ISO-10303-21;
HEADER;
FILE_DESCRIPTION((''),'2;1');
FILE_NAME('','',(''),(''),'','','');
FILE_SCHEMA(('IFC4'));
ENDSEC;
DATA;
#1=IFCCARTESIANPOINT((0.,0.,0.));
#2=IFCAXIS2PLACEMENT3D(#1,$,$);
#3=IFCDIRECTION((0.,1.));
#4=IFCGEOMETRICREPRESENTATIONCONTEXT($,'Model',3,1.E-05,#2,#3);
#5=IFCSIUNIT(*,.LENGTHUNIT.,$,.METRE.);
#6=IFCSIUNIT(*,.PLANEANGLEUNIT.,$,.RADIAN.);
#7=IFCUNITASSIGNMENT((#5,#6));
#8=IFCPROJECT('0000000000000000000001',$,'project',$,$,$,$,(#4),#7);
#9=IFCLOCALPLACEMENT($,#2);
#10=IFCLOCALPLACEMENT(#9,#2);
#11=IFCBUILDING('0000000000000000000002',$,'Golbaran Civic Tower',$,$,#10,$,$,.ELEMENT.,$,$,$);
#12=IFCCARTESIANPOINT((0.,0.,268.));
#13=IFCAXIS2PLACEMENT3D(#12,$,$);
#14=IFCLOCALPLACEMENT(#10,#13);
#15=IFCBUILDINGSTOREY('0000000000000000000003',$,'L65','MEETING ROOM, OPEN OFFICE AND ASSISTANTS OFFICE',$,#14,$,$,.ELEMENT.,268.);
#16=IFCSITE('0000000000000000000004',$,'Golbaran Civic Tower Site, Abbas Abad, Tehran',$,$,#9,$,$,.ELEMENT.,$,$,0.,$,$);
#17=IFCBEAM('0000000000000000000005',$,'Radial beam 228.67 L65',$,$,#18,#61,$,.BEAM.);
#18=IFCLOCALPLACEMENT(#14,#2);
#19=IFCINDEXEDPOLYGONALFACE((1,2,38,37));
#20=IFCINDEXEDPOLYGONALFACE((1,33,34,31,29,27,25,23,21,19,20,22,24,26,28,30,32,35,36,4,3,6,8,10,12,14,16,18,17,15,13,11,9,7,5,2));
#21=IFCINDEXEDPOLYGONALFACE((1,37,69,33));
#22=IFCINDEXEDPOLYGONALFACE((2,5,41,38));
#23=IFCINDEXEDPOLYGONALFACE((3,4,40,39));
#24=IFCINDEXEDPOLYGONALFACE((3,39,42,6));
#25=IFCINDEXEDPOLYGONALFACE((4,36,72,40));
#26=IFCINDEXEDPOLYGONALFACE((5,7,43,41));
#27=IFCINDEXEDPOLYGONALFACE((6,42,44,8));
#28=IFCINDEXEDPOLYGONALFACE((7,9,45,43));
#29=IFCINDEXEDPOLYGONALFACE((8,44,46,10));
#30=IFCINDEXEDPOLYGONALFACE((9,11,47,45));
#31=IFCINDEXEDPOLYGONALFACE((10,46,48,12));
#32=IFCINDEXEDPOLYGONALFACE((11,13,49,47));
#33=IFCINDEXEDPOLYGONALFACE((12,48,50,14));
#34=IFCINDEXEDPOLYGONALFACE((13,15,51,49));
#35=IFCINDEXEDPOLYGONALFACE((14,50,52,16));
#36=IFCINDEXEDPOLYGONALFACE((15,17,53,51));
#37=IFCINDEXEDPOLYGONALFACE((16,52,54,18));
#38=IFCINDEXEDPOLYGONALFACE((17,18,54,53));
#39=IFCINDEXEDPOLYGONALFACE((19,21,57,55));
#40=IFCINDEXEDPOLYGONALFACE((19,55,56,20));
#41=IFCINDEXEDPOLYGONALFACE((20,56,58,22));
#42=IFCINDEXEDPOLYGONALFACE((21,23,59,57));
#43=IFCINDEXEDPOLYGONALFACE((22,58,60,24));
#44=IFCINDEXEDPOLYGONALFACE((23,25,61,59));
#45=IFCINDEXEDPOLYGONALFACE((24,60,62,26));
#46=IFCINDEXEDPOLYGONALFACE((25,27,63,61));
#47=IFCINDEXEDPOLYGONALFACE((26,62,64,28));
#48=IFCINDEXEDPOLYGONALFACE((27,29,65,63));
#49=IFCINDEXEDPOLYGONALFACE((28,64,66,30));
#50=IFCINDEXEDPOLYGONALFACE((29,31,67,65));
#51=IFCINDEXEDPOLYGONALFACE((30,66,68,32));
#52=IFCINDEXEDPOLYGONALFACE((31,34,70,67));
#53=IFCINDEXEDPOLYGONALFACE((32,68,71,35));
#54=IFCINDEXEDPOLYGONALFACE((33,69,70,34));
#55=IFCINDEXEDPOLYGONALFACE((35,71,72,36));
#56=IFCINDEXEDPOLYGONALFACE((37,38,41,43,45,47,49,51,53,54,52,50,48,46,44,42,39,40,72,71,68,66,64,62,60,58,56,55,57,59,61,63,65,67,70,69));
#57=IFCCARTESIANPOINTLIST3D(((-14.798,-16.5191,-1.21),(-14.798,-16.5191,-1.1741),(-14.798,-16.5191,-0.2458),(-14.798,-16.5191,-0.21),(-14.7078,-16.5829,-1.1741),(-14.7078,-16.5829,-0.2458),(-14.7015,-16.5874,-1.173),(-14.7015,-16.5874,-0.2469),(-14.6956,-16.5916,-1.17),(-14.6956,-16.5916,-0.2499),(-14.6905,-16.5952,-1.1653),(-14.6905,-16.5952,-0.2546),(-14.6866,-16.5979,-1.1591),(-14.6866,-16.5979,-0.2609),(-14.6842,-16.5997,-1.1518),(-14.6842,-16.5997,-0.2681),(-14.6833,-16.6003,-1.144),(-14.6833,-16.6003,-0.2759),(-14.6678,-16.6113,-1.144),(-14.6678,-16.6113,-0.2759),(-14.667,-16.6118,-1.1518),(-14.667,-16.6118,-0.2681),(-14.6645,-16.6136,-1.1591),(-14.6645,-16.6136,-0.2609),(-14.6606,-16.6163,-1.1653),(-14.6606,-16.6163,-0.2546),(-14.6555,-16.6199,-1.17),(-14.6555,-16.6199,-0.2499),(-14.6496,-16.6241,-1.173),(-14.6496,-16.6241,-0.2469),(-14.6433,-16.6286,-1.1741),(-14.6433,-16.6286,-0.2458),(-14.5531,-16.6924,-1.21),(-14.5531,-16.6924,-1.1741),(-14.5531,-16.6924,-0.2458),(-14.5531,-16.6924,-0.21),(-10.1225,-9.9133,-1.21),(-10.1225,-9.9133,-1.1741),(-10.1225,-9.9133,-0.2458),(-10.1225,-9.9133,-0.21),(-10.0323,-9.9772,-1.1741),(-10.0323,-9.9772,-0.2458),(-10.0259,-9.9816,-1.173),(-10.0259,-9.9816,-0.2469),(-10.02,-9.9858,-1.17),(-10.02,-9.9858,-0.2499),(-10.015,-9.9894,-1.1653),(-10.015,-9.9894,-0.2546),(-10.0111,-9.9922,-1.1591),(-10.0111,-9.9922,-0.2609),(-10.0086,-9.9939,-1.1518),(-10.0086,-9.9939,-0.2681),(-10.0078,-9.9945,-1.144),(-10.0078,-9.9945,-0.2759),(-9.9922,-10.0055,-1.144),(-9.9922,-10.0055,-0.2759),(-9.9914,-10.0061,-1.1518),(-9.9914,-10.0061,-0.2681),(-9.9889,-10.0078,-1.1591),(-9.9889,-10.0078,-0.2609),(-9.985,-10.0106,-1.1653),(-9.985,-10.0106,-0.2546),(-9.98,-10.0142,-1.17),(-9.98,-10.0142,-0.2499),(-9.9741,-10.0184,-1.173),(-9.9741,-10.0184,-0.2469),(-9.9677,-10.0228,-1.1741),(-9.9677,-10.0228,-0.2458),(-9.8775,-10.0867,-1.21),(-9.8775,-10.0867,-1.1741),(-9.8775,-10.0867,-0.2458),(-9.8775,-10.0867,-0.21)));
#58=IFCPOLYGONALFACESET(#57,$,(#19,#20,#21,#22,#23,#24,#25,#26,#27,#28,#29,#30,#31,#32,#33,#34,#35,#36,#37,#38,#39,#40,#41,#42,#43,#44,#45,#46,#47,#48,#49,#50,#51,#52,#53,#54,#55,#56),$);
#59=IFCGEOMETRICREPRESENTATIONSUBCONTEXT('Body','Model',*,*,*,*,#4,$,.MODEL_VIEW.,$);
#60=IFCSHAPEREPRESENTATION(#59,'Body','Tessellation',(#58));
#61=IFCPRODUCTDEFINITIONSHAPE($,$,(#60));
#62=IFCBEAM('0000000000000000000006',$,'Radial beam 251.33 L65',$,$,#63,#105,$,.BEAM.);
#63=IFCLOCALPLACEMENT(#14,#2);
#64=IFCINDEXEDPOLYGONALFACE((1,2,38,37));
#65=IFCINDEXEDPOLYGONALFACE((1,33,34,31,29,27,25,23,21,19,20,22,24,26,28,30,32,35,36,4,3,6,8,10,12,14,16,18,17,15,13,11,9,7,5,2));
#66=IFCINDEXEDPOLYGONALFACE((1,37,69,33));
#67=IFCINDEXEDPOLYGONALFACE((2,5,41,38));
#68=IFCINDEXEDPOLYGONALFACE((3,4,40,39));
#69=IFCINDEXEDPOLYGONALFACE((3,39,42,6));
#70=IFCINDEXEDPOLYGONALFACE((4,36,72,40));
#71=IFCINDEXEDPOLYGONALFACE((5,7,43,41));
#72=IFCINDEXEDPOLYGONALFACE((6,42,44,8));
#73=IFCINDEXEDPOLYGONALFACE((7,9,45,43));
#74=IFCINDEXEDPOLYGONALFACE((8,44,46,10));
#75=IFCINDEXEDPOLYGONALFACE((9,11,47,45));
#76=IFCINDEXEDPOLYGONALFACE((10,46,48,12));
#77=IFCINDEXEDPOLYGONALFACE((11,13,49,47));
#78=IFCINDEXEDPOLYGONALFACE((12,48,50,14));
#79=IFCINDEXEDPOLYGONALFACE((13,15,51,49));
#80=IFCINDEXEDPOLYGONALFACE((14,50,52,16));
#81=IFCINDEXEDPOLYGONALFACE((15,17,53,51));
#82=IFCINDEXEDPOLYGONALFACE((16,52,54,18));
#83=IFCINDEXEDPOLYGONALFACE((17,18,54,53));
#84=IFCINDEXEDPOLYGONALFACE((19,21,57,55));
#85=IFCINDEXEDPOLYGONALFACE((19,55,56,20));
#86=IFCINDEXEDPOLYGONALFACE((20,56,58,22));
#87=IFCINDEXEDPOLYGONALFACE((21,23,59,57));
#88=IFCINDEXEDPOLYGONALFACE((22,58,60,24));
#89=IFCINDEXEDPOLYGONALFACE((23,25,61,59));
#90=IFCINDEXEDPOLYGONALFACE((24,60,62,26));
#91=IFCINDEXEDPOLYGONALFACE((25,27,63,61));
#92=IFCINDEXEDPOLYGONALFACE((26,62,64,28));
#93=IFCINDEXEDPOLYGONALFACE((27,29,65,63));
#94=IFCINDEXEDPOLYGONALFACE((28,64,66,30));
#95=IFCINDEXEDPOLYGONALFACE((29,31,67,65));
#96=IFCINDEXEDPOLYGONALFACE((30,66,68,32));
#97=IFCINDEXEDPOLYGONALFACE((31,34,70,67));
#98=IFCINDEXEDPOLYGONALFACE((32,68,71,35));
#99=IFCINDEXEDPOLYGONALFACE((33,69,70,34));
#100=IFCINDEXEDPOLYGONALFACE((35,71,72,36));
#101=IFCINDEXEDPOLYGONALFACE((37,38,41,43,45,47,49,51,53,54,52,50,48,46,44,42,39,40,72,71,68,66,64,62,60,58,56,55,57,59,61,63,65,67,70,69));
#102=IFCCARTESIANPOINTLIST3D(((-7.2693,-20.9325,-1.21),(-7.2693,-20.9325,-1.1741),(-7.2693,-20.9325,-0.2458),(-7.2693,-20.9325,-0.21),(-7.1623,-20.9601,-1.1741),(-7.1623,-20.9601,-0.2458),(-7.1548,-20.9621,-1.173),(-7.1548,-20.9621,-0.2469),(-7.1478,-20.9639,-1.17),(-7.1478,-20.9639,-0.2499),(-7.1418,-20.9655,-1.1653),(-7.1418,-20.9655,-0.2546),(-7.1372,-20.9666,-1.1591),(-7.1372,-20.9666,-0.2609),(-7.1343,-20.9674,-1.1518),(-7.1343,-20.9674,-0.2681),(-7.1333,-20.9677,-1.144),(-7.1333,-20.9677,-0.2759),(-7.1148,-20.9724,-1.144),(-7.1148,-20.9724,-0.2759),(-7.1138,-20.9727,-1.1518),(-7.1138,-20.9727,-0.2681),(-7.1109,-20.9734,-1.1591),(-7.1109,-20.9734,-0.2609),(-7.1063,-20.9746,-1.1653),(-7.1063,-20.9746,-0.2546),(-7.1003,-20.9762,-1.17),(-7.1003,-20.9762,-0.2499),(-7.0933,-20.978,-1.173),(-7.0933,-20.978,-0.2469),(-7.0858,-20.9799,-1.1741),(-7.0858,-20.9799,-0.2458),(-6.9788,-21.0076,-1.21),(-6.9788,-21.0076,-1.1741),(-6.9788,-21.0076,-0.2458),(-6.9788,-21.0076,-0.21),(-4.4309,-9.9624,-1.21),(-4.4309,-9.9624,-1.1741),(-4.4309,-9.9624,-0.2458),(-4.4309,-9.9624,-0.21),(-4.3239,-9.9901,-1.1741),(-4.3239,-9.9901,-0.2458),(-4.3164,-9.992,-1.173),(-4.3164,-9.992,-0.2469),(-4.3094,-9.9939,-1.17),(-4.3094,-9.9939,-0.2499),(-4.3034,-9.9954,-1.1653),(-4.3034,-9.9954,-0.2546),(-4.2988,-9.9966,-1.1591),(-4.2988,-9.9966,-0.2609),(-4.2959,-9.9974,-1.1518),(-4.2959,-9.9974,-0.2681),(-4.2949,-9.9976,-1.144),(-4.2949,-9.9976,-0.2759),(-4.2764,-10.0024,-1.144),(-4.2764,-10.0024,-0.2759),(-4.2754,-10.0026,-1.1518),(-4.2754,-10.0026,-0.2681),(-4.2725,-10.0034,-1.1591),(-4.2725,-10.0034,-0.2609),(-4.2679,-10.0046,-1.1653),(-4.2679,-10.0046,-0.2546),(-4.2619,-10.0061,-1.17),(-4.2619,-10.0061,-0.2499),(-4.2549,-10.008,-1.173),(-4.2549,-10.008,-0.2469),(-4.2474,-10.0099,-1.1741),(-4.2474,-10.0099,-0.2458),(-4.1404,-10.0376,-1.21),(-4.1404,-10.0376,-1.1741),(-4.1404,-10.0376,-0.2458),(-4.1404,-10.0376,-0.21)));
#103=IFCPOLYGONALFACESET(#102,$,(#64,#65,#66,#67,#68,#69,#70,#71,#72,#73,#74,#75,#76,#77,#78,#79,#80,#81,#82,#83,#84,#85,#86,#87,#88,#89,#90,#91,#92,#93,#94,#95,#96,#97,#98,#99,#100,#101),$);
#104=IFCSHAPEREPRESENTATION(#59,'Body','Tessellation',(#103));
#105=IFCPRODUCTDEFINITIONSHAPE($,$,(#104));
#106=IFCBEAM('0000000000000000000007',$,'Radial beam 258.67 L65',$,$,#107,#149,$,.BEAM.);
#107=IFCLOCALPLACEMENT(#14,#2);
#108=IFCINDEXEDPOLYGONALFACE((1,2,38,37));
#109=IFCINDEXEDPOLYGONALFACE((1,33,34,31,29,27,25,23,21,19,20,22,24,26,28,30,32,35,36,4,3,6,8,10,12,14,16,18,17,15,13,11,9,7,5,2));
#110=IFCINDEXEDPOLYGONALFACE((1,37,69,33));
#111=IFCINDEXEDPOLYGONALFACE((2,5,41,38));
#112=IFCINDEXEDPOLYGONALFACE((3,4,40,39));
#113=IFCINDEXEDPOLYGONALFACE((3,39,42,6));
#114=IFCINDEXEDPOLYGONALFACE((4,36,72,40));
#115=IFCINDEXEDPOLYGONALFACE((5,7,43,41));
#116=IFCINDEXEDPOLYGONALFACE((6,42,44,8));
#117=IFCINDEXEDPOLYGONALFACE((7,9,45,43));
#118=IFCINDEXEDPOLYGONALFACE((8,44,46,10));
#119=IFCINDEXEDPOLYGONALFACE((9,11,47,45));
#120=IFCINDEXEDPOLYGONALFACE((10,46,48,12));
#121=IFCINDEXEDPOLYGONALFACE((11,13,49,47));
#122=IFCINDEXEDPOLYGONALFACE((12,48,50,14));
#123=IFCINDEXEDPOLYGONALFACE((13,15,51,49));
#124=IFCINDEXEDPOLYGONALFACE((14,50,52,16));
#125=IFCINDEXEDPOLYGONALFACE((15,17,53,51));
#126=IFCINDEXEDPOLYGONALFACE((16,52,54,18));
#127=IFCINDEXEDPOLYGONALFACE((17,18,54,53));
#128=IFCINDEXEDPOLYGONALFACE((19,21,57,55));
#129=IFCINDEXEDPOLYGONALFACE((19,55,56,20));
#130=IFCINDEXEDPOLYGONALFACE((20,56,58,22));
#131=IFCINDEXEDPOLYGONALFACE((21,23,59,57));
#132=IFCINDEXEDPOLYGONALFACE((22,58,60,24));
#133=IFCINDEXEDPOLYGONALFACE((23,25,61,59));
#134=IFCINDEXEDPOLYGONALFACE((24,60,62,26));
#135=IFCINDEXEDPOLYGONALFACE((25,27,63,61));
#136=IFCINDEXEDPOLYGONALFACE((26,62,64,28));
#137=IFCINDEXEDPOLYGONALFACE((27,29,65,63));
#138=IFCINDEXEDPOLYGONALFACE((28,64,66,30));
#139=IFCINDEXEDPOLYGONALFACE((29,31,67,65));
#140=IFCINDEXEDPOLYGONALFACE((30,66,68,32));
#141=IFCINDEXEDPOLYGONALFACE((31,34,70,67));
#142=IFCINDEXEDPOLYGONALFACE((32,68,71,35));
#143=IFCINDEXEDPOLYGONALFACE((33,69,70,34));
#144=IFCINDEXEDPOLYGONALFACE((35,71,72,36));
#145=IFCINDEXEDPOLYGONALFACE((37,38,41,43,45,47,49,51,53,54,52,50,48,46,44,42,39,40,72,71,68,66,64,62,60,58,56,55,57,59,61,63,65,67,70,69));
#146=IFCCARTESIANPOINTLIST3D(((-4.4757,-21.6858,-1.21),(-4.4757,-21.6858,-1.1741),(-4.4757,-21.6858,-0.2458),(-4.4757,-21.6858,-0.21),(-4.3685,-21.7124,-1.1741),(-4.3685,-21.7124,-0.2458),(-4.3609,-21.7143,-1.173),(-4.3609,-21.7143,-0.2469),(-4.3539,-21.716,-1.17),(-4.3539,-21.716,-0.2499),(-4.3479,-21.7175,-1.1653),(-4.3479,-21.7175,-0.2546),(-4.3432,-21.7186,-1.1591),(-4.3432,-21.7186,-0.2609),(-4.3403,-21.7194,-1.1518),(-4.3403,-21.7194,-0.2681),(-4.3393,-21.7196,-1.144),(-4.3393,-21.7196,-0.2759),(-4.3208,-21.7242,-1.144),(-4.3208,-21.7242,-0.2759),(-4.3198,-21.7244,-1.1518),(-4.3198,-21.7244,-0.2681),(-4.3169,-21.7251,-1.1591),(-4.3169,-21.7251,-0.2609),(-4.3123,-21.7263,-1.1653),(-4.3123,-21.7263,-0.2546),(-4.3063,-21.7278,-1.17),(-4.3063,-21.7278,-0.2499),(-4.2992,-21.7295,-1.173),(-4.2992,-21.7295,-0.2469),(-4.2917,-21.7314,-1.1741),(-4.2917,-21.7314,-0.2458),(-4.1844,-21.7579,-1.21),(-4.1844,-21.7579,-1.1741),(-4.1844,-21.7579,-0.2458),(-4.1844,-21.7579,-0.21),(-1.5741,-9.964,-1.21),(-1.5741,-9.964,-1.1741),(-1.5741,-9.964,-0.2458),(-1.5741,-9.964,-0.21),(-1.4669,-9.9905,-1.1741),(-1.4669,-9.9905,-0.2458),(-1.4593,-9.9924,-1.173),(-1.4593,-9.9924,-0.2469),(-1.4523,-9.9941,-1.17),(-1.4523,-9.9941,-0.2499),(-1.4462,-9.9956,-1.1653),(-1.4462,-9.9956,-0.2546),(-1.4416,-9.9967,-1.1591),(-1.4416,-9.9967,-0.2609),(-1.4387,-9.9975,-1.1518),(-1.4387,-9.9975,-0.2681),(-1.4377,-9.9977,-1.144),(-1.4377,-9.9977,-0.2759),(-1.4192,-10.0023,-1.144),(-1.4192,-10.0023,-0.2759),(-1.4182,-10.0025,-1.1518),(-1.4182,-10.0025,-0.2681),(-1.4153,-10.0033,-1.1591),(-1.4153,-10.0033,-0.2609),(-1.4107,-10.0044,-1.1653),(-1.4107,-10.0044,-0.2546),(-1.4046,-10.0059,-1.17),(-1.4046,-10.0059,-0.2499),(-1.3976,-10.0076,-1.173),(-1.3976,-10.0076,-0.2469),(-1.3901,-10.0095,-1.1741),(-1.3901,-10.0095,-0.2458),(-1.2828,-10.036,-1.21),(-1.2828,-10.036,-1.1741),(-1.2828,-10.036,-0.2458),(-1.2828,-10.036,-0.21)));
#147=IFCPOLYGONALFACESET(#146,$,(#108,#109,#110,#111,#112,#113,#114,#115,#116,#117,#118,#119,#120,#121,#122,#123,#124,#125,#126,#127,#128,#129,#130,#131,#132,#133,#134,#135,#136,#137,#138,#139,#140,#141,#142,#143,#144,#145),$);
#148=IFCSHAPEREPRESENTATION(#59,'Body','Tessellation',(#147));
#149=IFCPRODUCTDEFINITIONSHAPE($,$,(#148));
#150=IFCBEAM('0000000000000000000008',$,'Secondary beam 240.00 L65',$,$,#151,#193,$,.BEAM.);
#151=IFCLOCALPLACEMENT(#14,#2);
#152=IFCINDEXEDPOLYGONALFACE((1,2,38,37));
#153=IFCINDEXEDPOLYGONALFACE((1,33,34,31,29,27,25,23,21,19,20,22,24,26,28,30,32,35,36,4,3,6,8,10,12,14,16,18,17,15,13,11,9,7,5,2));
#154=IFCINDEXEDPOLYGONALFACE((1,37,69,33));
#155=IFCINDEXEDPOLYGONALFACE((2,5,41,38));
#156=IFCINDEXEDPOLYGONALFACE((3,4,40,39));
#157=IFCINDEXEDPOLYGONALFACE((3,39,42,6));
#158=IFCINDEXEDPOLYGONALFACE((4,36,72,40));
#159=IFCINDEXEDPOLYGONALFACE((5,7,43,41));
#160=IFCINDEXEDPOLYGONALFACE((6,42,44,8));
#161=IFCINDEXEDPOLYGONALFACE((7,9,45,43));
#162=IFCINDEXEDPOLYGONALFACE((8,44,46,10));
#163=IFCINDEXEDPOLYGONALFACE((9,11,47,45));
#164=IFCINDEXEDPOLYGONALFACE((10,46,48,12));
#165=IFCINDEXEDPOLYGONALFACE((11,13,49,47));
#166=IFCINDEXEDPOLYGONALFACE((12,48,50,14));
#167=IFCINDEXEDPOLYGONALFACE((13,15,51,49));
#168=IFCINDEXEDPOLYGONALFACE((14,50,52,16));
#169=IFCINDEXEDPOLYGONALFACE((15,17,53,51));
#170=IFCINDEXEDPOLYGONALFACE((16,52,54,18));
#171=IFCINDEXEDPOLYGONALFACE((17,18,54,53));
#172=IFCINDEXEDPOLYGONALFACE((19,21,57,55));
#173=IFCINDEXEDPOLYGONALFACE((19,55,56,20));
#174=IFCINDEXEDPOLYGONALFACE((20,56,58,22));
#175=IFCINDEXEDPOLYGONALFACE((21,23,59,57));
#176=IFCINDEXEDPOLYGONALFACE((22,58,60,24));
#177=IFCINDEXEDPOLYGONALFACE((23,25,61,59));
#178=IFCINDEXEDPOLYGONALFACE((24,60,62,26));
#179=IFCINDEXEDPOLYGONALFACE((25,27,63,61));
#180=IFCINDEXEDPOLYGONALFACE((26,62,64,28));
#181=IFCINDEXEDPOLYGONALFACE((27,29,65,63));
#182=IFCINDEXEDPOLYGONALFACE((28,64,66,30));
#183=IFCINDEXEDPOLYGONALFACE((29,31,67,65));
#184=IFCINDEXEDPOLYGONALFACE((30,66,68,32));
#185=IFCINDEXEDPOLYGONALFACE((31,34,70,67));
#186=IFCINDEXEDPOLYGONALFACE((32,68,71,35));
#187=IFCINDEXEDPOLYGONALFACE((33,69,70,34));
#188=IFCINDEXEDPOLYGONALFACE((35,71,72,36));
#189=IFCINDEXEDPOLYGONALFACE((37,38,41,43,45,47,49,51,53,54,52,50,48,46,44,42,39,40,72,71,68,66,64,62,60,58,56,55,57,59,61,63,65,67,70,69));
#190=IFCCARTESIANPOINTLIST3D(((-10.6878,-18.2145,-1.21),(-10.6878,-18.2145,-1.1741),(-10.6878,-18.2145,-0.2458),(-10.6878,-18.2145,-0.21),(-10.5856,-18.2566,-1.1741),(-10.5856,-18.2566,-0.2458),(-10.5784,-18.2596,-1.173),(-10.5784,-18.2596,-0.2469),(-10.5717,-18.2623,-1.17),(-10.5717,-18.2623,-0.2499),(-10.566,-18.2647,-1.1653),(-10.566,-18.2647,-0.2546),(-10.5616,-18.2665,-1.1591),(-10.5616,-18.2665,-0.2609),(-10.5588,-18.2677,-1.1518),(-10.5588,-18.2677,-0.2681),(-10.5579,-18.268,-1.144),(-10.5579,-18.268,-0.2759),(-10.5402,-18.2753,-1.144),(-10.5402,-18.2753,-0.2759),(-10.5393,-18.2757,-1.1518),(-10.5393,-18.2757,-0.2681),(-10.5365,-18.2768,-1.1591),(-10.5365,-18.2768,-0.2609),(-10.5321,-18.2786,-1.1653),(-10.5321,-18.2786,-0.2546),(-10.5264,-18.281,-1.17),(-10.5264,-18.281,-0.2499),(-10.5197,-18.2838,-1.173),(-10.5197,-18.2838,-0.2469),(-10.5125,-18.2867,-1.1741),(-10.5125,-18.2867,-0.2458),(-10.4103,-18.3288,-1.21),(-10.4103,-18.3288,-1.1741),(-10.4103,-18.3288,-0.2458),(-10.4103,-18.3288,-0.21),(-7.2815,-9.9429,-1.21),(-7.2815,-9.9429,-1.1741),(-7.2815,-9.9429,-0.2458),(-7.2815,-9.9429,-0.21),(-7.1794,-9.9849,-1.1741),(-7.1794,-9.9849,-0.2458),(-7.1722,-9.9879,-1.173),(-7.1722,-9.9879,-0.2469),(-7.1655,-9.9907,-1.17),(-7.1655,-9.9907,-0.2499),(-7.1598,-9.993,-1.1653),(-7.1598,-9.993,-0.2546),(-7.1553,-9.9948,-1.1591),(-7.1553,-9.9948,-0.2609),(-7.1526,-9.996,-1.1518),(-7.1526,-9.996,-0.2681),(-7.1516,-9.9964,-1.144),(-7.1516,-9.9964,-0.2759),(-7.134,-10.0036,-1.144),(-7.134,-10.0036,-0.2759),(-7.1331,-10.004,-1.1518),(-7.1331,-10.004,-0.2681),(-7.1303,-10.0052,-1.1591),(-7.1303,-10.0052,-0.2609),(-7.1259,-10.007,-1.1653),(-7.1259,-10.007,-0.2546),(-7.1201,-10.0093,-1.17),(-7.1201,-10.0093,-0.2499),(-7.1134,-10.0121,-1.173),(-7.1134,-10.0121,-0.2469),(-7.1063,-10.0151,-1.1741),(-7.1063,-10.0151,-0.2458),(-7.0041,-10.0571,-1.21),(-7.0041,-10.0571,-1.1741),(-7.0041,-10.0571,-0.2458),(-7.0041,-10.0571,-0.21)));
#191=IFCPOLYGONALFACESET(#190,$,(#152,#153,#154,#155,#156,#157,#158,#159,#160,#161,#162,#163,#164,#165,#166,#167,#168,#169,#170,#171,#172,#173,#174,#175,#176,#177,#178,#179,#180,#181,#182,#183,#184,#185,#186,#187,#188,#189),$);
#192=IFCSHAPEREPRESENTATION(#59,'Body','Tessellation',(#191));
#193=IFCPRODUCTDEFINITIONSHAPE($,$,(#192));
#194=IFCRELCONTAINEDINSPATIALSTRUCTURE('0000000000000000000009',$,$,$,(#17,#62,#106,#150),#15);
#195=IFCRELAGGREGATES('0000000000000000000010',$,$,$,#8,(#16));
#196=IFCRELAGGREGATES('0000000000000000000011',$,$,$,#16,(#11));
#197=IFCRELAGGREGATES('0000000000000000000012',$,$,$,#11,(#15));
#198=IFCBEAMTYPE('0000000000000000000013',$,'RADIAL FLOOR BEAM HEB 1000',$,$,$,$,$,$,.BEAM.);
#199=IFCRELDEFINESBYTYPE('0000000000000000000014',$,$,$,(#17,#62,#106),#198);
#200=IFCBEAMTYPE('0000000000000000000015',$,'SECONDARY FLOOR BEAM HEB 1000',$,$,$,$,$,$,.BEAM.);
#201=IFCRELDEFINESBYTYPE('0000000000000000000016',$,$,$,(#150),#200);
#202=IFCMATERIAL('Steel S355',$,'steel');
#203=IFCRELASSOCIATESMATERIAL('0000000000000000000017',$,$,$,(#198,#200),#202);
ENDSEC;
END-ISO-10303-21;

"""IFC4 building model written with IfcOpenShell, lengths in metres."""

from ifc_helpers import new_model, si_unit, direction, frame, origin, origin_2d, place, context, subcontext, project, spatial, i_section, extrude, material, material_profile, profile_set, type_object, element, save


model = new_model("IFC4")

# Units and contexts
model_context = context("Model", 3, precision=1e-05, world=origin(), true_north=direction((0.0, 1.0)))
body_context = subcontext(model_context, "Body", "Model", "MODEL_VIEW")
ifc_project = project(units=[si_unit("LENGTHUNIT", "METRE"), si_unit("PLANEANGLEUNIT", "RADIAN")], contexts=[model_context])

# Site, building, storey
site_placement = place(None, origin())
site = spatial("IfcSite", under=ifc_project, at=site_placement, Name="Golbaran Civic Tower Site, Abbas Abad, Tehran", CompositionType="ELEMENT", RefElevation=0.0)
building_placement = place(site_placement, origin())
building = spatial("IfcBuilding", under=site, at=building_placement, Name="Golbaran Civic Tower", CompositionType="ELEMENT")
storey_placement = place(building_placement, frame((0.0, 0.0, 268.0)))
storey = spatial("IfcBuildingStorey", under=building, at=storey_placement, Name="L65", Description="MEETING ROOM, OPEN OFFICE AND ASSISTANTS OFFICE", CompositionType="ELEMENT", Elevation=268.0)

# Beams
ifc_material_1 = material(Name="Steel S355", Category="steel")
ifc_material_profile_1 = material_profile(ifc_material_1, i_section(OverallWidth=0.3, OverallDepth=1.0, WebThickness=0.019, FlangeThickness=0.0359, FilletRadius=0.03, at=origin_2d()), Name="HEB 1000")
ifc_profile_set_1 = profile_set([ifc_material_profile_1], Name="Steel S355")
beam_type_1 = type_object("IfcBeamType", Name="RADIAL FLOOR BEAM HEB 1000", PredefinedType="BEAM", material=ifc_profile_set_1)
beam_1_placement = place(storey_placement, frame((-10.0, -10.0, -0.71), z_axis=(-0.577729, -0.816229, 0.0), x_axis=(0.816229, -0.577729, 0.0)))
element("IfcBeam", 1, at=beam_1_placement, inside=storey, type_object=beam_type_1, Name="Radial beam 228.67 L65", PredefinedType="BEAM", context=body_context, shape_type="SweptSolid", body=[
    extrude(i_section(OverallWidth=0.3, OverallDepth=1.0, WebThickness=0.019, FlangeThickness=0.0359, FilletRadius=0.03, at=origin_2d()), origin(), (0.0, 0.0, 1.0), 8.093),
])
beam_2_placement = place(storey_placement, frame((-4.2856, -10.0, -0.71), z_axis=(-0.250492, -0.968119, 0.0), x_axis=(0.968119, -0.250492, 0.0)))
element("IfcBeam", 2, at=beam_2_placement, inside=storey, type_object=beam_type_1, Name="Radial beam 251.33 L65", PredefinedType="BEAM", context=body_context, shape_type="SweptSolid", body=[
    extrude(i_section(OverallWidth=0.3, OverallDepth=1.0, WebThickness=0.019, FlangeThickness=0.0359, FilletRadius=0.03, at=origin_2d()), origin(), (0.0, 0.0, 1.0), 11.3313),
])
beam_3_placement = place(storey_placement, frame((-1.4285, -10.0, -0.71), z_axis=(-0.240285, -0.970702, 0.0), x_axis=(0.970702, -0.240285, 0.0)))
element("IfcBeam", 3, at=beam_3_placement, inside=storey, type_object=beam_type_1, Name="Radial beam 258.67 L65", PredefinedType="BEAM", context=body_context, shape_type="SweptSolid", body=[
    extrude(i_section(OverallWidth=0.3, OverallDepth=1.0, WebThickness=0.019, FlangeThickness=0.0359, FilletRadius=0.03, at=origin_2d()), origin(), (0.0, 0.0, 1.0), 12.0757),
])
ifc_material_profile_2 = material_profile(ifc_material_1, i_section(OverallWidth=0.3, OverallDepth=1.0, WebThickness=0.019, FlangeThickness=0.0359, FilletRadius=0.03, at=origin_2d()), Name="HEB 1000")
ifc_profile_set_2 = profile_set([ifc_material_profile_2], Name="Steel S355")
beam_type_2 = type_object("IfcBeamType", Name="SECONDARY FLOOR BEAM HEB 1000", PredefinedType="BEAM", material=ifc_profile_set_2)
beam_4_placement = place(storey_placement, frame((-7.1428, -10.0, -0.71), z_axis=(-0.380773, -0.924668, 0.0), x_axis=(0.924668, -0.380773, 0.0)))
element("IfcBeam", 4, at=beam_4_placement, inside=storey, type_object=beam_type_2, Name="Secondary beam 240.00 L65", PredefinedType="BEAM", context=body_context, shape_type="SweptSolid", body=[
    extrude(i_section(OverallWidth=0.3, OverallDepth=1.0, WebThickness=0.019, FlangeThickness=0.0359, FilletRadius=0.03, at=origin_2d()), origin(), (0.0, 0.0, 1.0), 8.9456),
])

save(model, "model.ifc")
